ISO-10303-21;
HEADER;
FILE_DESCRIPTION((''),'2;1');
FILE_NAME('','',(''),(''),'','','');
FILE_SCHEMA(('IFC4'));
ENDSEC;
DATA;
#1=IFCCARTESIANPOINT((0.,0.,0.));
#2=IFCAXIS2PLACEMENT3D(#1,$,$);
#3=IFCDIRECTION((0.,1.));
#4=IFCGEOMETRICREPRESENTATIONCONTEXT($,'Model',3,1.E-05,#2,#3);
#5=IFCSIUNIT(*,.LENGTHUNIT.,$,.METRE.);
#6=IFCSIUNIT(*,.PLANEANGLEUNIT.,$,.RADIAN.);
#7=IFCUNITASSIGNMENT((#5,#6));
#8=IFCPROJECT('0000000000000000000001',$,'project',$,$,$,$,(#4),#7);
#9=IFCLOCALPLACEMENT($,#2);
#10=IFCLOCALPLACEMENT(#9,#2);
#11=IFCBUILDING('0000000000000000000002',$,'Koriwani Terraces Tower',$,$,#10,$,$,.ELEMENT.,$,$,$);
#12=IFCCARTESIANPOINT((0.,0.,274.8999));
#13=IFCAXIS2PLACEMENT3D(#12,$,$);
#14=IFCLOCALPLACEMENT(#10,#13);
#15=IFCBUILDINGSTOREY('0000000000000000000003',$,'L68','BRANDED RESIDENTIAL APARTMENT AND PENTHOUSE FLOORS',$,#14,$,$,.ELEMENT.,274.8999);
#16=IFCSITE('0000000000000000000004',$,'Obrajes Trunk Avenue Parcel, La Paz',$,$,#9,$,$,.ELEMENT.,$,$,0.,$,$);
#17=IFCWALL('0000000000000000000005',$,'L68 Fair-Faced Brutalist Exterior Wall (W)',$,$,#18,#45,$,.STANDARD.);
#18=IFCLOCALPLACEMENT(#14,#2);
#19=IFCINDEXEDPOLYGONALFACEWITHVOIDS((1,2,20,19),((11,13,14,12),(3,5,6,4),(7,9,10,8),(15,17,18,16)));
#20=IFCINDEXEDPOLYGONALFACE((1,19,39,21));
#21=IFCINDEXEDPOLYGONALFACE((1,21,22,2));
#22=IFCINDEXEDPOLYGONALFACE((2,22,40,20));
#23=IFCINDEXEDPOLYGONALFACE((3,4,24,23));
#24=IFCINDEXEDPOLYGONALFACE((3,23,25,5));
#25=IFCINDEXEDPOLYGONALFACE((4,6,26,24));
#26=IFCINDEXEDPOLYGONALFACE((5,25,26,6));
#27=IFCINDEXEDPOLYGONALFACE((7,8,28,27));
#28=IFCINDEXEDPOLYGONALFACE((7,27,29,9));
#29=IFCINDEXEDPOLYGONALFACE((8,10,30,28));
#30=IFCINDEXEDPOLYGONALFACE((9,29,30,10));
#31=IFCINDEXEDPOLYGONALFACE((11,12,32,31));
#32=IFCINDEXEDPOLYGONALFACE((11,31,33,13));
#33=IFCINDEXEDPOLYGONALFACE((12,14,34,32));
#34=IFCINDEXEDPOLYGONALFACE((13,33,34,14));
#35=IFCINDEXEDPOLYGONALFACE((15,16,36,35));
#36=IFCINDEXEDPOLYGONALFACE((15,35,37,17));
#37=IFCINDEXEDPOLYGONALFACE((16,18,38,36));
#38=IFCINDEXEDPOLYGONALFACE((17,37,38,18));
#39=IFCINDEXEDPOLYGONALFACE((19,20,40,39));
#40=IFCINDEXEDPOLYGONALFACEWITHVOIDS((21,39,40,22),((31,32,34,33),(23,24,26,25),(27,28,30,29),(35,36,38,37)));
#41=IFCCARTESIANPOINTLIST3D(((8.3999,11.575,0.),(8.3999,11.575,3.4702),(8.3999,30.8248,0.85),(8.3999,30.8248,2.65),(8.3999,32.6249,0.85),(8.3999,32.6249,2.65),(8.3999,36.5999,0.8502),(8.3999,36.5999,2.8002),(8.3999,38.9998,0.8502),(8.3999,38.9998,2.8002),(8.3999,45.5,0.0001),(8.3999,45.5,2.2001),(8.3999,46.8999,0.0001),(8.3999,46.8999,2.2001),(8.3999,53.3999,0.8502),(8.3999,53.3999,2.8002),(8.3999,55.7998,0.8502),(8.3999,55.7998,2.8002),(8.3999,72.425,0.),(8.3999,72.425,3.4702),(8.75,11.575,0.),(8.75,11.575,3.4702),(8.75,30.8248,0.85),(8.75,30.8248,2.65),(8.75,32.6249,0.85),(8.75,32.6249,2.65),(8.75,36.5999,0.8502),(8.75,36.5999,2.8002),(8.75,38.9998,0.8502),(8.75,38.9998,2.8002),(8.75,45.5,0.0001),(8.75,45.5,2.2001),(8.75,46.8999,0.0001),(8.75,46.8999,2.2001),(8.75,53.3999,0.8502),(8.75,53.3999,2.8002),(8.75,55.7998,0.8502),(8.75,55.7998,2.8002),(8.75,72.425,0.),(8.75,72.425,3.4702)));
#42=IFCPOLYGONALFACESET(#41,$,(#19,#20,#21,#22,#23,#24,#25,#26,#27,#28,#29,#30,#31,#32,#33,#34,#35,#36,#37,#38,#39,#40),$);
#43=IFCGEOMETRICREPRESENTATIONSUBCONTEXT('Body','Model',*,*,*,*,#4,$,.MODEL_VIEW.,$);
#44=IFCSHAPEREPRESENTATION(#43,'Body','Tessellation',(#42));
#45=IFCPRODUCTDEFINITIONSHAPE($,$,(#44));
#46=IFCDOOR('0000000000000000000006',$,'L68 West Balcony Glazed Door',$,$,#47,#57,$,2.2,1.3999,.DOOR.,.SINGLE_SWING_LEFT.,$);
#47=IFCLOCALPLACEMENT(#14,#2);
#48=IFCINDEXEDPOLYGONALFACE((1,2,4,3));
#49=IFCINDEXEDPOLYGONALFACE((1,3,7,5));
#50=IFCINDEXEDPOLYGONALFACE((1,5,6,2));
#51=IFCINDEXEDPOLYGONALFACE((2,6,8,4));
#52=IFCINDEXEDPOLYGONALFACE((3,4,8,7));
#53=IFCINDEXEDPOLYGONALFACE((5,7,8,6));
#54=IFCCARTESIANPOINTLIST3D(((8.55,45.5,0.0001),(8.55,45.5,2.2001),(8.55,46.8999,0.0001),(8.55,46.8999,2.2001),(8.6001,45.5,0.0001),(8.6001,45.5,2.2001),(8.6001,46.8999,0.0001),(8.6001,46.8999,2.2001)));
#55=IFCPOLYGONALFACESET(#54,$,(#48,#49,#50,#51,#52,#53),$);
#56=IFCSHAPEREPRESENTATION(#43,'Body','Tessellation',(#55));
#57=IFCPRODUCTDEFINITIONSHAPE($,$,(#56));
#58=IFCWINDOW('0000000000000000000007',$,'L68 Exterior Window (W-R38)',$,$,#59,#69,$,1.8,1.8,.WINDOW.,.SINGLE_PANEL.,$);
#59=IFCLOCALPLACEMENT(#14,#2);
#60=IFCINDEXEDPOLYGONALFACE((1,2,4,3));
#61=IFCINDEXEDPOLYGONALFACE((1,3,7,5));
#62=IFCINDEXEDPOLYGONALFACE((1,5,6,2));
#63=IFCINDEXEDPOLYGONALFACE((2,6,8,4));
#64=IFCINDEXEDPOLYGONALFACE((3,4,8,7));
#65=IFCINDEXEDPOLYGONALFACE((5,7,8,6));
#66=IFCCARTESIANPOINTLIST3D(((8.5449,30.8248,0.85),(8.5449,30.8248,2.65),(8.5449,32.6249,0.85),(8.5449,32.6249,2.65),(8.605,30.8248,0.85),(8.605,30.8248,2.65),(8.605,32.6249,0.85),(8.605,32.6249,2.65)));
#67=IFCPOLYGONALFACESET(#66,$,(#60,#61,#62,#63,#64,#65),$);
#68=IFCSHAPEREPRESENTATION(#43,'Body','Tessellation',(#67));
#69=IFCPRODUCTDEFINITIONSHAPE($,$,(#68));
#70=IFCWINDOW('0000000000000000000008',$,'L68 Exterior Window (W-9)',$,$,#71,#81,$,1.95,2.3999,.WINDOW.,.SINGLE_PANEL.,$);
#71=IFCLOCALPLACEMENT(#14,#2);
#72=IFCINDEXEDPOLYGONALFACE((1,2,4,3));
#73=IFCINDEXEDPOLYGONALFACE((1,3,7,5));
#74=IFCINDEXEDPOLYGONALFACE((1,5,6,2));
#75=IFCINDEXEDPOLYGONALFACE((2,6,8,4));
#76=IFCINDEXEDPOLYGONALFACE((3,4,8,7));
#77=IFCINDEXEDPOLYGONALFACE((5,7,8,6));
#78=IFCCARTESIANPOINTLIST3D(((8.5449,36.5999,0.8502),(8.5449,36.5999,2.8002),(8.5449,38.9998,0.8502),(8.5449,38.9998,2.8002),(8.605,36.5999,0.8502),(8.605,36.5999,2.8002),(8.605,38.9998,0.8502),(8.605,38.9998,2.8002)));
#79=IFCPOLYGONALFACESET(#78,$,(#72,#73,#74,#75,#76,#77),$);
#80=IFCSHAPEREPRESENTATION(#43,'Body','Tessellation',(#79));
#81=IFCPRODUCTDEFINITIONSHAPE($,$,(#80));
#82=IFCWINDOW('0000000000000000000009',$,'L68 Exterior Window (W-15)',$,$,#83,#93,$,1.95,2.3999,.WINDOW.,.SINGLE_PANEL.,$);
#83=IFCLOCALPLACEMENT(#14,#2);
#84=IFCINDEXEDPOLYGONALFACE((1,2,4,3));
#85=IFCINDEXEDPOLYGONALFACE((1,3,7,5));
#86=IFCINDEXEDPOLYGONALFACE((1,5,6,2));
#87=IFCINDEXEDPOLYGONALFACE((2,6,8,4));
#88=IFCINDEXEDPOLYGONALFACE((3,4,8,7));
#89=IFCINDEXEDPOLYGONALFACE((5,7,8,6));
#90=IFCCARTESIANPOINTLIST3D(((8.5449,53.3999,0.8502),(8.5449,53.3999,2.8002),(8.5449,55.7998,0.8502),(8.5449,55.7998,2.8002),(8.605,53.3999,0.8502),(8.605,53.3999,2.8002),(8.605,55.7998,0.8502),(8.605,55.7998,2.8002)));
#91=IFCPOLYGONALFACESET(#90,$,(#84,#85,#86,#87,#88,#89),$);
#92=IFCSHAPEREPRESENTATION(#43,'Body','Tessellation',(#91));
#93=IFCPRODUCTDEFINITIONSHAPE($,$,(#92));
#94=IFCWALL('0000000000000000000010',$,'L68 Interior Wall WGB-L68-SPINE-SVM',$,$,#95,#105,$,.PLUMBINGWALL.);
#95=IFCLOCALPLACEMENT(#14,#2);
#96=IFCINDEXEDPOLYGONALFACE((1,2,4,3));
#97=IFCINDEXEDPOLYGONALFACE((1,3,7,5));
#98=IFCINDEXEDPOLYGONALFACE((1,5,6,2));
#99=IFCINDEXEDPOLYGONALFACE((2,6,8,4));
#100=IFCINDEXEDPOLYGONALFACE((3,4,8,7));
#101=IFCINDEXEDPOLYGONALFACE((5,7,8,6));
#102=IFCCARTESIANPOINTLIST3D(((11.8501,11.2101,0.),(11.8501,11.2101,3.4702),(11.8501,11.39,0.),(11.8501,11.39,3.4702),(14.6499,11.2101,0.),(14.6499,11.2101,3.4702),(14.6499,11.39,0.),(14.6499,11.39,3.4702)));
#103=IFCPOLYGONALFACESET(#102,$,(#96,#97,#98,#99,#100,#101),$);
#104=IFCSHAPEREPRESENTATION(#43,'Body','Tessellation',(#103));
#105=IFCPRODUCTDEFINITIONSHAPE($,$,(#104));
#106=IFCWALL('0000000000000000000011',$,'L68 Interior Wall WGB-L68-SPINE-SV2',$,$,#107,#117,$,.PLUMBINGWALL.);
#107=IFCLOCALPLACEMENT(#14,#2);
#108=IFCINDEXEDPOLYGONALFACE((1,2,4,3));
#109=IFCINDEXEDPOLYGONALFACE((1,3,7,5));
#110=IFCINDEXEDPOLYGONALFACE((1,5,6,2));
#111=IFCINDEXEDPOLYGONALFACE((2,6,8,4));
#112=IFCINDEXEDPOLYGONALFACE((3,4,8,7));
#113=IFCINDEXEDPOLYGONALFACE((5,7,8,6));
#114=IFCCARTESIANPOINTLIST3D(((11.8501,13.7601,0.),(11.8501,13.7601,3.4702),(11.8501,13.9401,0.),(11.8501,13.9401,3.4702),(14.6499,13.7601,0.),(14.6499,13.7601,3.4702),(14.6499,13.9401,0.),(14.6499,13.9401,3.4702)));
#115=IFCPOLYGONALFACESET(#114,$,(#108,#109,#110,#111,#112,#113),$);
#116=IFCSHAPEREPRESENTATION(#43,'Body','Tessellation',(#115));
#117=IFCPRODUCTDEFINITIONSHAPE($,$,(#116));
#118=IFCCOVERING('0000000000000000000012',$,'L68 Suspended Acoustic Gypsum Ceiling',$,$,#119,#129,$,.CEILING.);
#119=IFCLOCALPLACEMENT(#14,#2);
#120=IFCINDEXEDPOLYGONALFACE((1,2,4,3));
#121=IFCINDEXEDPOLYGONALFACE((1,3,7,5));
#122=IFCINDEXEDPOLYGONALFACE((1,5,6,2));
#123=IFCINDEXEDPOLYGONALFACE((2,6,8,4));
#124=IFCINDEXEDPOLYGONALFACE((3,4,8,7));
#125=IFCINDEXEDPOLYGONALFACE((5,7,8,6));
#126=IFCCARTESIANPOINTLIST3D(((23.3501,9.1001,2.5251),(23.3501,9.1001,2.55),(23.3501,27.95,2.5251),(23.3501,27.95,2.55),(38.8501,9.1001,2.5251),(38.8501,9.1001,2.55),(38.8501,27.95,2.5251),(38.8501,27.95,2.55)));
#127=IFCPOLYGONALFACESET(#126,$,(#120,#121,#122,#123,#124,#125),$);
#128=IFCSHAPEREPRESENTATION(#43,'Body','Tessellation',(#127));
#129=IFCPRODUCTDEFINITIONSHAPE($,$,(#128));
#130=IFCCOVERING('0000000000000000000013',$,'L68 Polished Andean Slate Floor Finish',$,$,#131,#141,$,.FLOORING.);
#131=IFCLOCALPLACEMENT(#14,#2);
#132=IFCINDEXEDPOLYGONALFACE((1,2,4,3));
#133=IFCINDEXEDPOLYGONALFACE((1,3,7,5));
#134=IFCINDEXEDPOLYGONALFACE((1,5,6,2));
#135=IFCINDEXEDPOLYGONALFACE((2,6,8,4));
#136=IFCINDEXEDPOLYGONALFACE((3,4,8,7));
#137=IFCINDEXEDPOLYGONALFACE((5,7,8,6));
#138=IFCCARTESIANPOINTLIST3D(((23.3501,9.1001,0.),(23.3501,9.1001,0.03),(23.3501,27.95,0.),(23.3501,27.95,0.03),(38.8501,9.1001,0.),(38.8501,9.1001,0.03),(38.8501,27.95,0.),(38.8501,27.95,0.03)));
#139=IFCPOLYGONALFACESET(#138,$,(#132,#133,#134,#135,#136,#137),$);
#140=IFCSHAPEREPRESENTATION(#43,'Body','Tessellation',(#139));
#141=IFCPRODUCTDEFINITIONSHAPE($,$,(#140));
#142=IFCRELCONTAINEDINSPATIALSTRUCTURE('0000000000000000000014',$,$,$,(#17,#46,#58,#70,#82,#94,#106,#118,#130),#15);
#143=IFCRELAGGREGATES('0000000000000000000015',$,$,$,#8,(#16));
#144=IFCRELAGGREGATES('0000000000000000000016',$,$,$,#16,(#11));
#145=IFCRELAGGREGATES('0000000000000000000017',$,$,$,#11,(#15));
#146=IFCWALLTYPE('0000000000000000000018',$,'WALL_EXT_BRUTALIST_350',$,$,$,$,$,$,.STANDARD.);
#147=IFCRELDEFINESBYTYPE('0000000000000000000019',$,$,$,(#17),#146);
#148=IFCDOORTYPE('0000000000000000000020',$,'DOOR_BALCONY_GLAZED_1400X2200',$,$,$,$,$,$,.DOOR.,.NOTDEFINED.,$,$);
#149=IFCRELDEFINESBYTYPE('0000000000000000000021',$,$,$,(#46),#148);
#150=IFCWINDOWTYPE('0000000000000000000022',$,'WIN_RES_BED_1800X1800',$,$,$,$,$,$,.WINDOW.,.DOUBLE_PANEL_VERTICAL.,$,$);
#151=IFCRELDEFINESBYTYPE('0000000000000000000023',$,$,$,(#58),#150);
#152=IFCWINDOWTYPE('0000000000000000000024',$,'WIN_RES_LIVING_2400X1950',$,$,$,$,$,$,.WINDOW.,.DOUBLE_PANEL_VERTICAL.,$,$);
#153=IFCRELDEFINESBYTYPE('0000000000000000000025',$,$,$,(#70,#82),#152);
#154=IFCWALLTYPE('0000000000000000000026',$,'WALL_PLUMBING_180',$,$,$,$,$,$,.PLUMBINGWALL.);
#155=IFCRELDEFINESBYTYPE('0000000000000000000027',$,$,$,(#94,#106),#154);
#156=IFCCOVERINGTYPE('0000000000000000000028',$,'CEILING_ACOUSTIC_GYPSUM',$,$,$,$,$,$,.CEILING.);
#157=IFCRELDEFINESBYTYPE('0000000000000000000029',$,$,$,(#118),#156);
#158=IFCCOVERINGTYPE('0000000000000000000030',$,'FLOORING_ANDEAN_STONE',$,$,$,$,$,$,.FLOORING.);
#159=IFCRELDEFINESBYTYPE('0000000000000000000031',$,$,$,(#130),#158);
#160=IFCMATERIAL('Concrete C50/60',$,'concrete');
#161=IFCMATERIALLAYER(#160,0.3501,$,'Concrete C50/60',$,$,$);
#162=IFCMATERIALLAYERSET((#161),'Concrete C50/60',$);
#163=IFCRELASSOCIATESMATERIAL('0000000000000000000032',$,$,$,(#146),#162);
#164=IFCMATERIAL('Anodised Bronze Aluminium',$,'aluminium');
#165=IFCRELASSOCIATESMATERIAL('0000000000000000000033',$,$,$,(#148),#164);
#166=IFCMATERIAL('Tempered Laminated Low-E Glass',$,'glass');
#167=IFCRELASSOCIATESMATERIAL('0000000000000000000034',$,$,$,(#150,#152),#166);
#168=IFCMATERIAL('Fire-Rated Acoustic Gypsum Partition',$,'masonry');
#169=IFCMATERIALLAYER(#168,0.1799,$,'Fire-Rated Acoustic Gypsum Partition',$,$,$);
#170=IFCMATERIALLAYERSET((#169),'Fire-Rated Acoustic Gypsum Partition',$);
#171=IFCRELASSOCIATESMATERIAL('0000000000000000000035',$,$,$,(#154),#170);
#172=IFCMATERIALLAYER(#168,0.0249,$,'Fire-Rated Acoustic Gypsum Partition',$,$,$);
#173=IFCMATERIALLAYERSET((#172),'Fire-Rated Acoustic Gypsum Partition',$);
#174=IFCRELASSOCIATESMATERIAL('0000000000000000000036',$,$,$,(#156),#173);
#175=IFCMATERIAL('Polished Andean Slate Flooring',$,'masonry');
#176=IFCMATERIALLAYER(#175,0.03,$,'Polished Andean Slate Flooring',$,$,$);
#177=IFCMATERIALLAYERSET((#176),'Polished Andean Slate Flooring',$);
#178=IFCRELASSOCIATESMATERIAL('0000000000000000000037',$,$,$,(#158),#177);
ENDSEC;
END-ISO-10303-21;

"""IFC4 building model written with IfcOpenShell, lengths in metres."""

from ifc_helpers import new_model, si_unit, direction, frame, frame_2d, origin, place, context, subcontext, project, spatial, polyline, rectangle, outline, extrude, material, layer, layer_set, type_object, element, fill, save


model = new_model("IFC4")

# Units and contexts
model_context = context("Model", 3, precision=1e-05, world=origin(), true_north=direction((0.0, 1.0)))
body_context = subcontext(model_context, "Body", "Model", "MODEL_VIEW")
ifc_project = project(units=[si_unit("LENGTHUNIT", "METRE"), si_unit("PLANEANGLEUNIT", "RADIAN")], contexts=[model_context])

# Site, building, storey
site_placement = place(None, origin())
site = spatial("IfcSite", under=ifc_project, at=site_placement, Name="Obrajes Trunk Avenue Parcel, La Paz", CompositionType="ELEMENT", RefElevation=0.0)
building_placement = place(site_placement, origin())
building = spatial("IfcBuilding", under=site, at=building_placement, Name="Koriwani Terraces Tower", CompositionType="ELEMENT")
storey_placement = place(building_placement, frame((0.0, 0.0, 274.8999)))
storey = spatial("IfcBuildingStorey", under=building, at=storey_placement, Name="L68", Description="BRANDED RESIDENTIAL APARTMENT AND PENTHOUSE FLOORS", CompositionType="ELEMENT", Elevation=274.8999)

# Shared definitions
ifc_material_1 = material(Name="Concrete C50/60", Category="concrete")

# Shared definitions
ifc_layer_1 = layer(ifc_material_1, 0.3501, Name="Concrete C50/60")
ifc_layer_set_1 = layer_set([ifc_layer_1], Name="Concrete C50/60")
wall_type_1 = type_object("IfcWallType", Name="WALL_EXT_BRUTALIST_350", PredefinedType="STANDARD", material=ifc_layer_set_1)

# Wall, openings, door, windows
wall_1_placement = place(storey_placement, frame((8.575, 11.575, 0.0), z_axis=(0.0, 0.0, 1.0), x_axis=(0.0, 1.0, 0.0)))
wall_1 = element("IfcWall", 1, at=wall_1_placement, inside=storey, type_object=wall_type_1, Name="L68 Fair-Faced Brutalist Exterior Wall (W)", PredefinedType="STANDARD", context=body_context, shape_type="SweptSolid", body=[
    extrude(rectangle(XDim=60.8501, YDim=0.3501, at=frame_2d((30.425, 0.0))), origin(), (0.0, 0.0, 1.0), 3.4702),
])
opening_1_placement = place(wall_1_placement, frame((33.925, 0.0, 0.0)))
opening_1 = element("IfcOpeningElement", 2, at=opening_1_placement, cuts=wall_1, PredefinedType="OPENING", context=body_context, shape_type="SweptSolid", body=[
    extrude(rectangle(XDim=1.3999, YDim=2.2, at=frame_2d((0.7, 1.1001))), frame((0.0, 0.1851, 0.0), z_axis=(0.0, -1.0, 0.0), x_axis=(1.0, 0.0, 0.0)), (0.0, 0.0, 1.0), 0.3701),
])
opening_2_placement = place(wall_1_placement, frame((25.0249, 0.0, 0.8501)))
opening_2 = element("IfcOpeningElement", 3, at=opening_2_placement, cuts=wall_1, PredefinedType="OPENING", context=body_context, shape_type="SweptSolid", body=[
    extrude(rectangle(XDim=2.3999, YDim=1.95, at=frame_2d((1.2, 0.9751))), frame((0.0, 0.1851, 0.0), z_axis=(0.0, -1.0, 0.0), x_axis=(1.0, 0.0, 0.0)), (0.0, 0.0, 1.0), 0.3701),
])
opening_3_placement = place(wall_1_placement, frame((41.825, 0.0, 0.8501)))
opening_3 = element("IfcOpeningElement", 4, at=opening_3_placement, cuts=wall_1, PredefinedType="OPENING", context=body_context, shape_type="SweptSolid", body=[
    extrude(rectangle(XDim=2.3999, YDim=1.95, at=frame_2d((1.2, 0.9751))), frame((0.0, 0.1851, 0.0), z_axis=(0.0, -1.0, 0.0), x_axis=(1.0, 0.0, 0.0)), (0.0, 0.0, 1.0), 0.3701),
])
opening_4_placement = place(wall_1_placement, frame((19.25, 0.0, 0.8501)))
opening_4 = element("IfcOpeningElement", 5, at=opening_4_placement, cuts=wall_1, PredefinedType="OPENING", context=body_context, shape_type="SweptSolid", body=[
    extrude(rectangle(XDim=1.8, YDim=1.8, at=frame_2d((0.8999, 0.8999))), frame((0.0, 0.1851, 0.0), z_axis=(0.0, -1.0, 0.0), x_axis=(1.0, 0.0, 0.0)), (0.0, 0.0, 1.0), 0.3701),
])
ifc_material_2 = material(Name="Anodised Bronze Aluminium", Category="aluminium")
door_type = type_object("IfcDoorType", Name="DOOR_BALCONY_GLAZED_1400X2200", OperationType="NOTDEFINED", PredefinedType="DOOR", material=ifc_material_2)
door_placement = place(opening_1_placement, origin())
door = element("IfcDoor", 6, at=door_placement, inside=storey, type_object=door_type, Name="L68 West Balcony Glazed Door", OperationType="SINGLE_SWING_LEFT", OverallHeight=2.2, OverallWidth=1.3999, PredefinedType="DOOR", context=body_context, shape_type="SweptSolid", body=[
    extrude(rectangle(XDim=1.3999, YDim=2.2, at=frame_2d((0.7, 1.1001))), frame((0.0, 0.0249, 0.0), z_axis=(0.0, -1.0, 0.0), x_axis=(1.0, 0.0, 0.0)), (0.0, 0.0, 1.0), 0.05),
])
fill(opening_1, door)
ifc_material_3 = material(Name="Tempered Laminated Low-E Glass", Category="glass")
window_type_1 = type_object("IfcWindowType", Name="WIN_RES_BED_1800X1800", PartitioningType="DOUBLE_PANEL_VERTICAL", PredefinedType="WINDOW", material=ifc_material_3)
window_1_placement = place(opening_4_placement, origin())
window_1 = element("IfcWindow", 7, at=window_1_placement, inside=storey, type_object=window_type_1, Name="L68 Exterior Window (W-R38)", OverallHeight=1.8, OverallWidth=1.8, PartitioningType="SINGLE_PANEL", PredefinedType="WINDOW", context=body_context, shape_type="SweptSolid", body=[
    extrude(rectangle(XDim=1.8, YDim=1.8, at=frame_2d((0.8999, 0.8999))), frame((0.0, 0.03, 0.0), z_axis=(0.0, -1.0, 0.0), x_axis=(1.0, 0.0, 0.0)), (0.0, 0.0, 1.0), 0.0601),
])
fill(opening_4, window_1)
window_type_2 = type_object("IfcWindowType", Name="WIN_RES_LIVING_2400X1950", PartitioningType="DOUBLE_PANEL_VERTICAL", PredefinedType="WINDOW", material=ifc_material_3)
window_2_placement = place(opening_2_placement, origin())
window_2 = element("IfcWindow", 8, at=window_2_placement, inside=storey, type_object=window_type_2, Name="L68 Exterior Window (W-9)", OverallHeight=1.95, OverallWidth=2.3999, PartitioningType="SINGLE_PANEL", PredefinedType="WINDOW", context=body_context, shape_type="SweptSolid", body=[
    extrude(rectangle(XDim=2.3999, YDim=1.95, at=frame_2d((1.2, 0.9751))), frame((0.0, 0.03, 0.0), z_axis=(0.0, -1.0, 0.0), x_axis=(1.0, 0.0, 0.0)), (0.0, 0.0, 1.0), 0.0601),
])
fill(opening_2, window_2)
window_3_placement = place(opening_3_placement, origin())
window_3 = element("IfcWindow", 9, at=window_3_placement, inside=storey, type_object=window_type_2, Name="L68 Exterior Window (W-15)", OverallHeight=1.95, OverallWidth=2.3999, PartitioningType="SINGLE_PANEL", PredefinedType="WINDOW", context=body_context, shape_type="SweptSolid", body=[
    extrude(rectangle(XDim=2.3999, YDim=1.95, at=frame_2d((1.2, 0.9751))), frame((0.0, 0.03, 0.0), z_axis=(0.0, -1.0, 0.0), x_axis=(1.0, 0.0, 0.0)), (0.0, 0.0, 1.0), 0.0601),
])
fill(opening_3, window_3)

# Walls
ifc_material_4 = material(Name="Fire-Rated Acoustic Gypsum Partition", Category="masonry")
ifc_layer_2 = layer(ifc_material_4, 0.1799, Name="Fire-Rated Acoustic Gypsum Partition")
ifc_layer_set_2 = layer_set([ifc_layer_2], Name="Fire-Rated Acoustic Gypsum Partition")
wall_type_2 = type_object("IfcWallType", Name="WALL_PLUMBING_180", PredefinedType="PLUMBINGWALL", material=ifc_layer_set_2)
for number, where, z_axis, x_axis, name in (
    (10, (11.8501, 11.3, 0.0), (0.0, 0.0, 1.0), (1.0, 0.0, 0.0), "L68 Interior Wall WGB-L68-SPINE-SVM"),
    (11, (11.8501, 13.8501, 0.0), (0.0, 0.0, 1.0), (1.0, 0.0, 0.0), "L68 Interior Wall WGB-L68-SPINE-SV2"),
):
    element("IfcWall", number, at=place(storey_placement, frame(where, z_axis=z_axis, x_axis=x_axis)), inside=storey, type_object=wall_type_2, Name=name, PredefinedType="PLUMBINGWALL", context=body_context, shape_type="SweptSolid", body=[
        extrude(rectangle(XDim=2.7998, YDim=0.1799, at=frame_2d((1.3999, 0.0))), origin(), (0.0, 0.0, 1.0), 3.4702),
    ])

# Coverings
ifc_layer_3 = layer(ifc_material_4, 0.0249, Name="Fire-Rated Acoustic Gypsum Partition")
ifc_layer_set_3 = layer_set([ifc_layer_3], Name="Fire-Rated Acoustic Gypsum Partition")
covering_type_1 = type_object("IfcCoveringType", Name="CEILING_ACOUSTIC_GYPSUM", PredefinedType="CEILING", material=ifc_layer_set_3)
covering_1_placement = place(storey_placement, frame((0.0, 0.0, 2.5251)))
element("IfcCovering", 12, at=covering_1_placement, inside=storey, type_object=covering_type_1, Name="L68 Suspended Acoustic Gypsum Ceiling", PredefinedType="CEILING", context=body_context, shape_type="SweptSolid", body=[
    extrude(outline(polyline([(23.3501, 9.1001), (23.3501, 27.95), (38.8501, 27.95), (38.8501, 9.1001), (23.3501, 9.1001)])), origin(), (0.0, 0.0, 1.0), 0.0249),
])
ifc_material_5 = material(Name="Polished Andean Slate Flooring", Category="masonry")
ifc_layer_4 = layer(ifc_material_5, 0.03, Name="Polished Andean Slate Flooring")
ifc_layer_set_4 = layer_set([ifc_layer_4], Name="Polished Andean Slate Flooring")
covering_type_2 = type_object("IfcCoveringType", Name="FLOORING_ANDEAN_STONE", PredefinedType="FLOORING", material=ifc_layer_set_4)
covering_2_placement = place(storey_placement, origin())
element("IfcCovering", 13, at=covering_2_placement, inside=storey, type_object=covering_type_2, Name="L68 Polished Andean Slate Floor Finish", PredefinedType="FLOORING", context=body_context, shape_type="SweptSolid", body=[
    extrude(outline(polyline([(23.3501, 9.1001), (23.3501, 27.95), (38.8501, 27.95), (38.8501, 9.1001), (23.3501, 9.1001)])), origin(), (0.0, 0.0, 1.0), 0.03),
])

save(model, "model.ifc")
